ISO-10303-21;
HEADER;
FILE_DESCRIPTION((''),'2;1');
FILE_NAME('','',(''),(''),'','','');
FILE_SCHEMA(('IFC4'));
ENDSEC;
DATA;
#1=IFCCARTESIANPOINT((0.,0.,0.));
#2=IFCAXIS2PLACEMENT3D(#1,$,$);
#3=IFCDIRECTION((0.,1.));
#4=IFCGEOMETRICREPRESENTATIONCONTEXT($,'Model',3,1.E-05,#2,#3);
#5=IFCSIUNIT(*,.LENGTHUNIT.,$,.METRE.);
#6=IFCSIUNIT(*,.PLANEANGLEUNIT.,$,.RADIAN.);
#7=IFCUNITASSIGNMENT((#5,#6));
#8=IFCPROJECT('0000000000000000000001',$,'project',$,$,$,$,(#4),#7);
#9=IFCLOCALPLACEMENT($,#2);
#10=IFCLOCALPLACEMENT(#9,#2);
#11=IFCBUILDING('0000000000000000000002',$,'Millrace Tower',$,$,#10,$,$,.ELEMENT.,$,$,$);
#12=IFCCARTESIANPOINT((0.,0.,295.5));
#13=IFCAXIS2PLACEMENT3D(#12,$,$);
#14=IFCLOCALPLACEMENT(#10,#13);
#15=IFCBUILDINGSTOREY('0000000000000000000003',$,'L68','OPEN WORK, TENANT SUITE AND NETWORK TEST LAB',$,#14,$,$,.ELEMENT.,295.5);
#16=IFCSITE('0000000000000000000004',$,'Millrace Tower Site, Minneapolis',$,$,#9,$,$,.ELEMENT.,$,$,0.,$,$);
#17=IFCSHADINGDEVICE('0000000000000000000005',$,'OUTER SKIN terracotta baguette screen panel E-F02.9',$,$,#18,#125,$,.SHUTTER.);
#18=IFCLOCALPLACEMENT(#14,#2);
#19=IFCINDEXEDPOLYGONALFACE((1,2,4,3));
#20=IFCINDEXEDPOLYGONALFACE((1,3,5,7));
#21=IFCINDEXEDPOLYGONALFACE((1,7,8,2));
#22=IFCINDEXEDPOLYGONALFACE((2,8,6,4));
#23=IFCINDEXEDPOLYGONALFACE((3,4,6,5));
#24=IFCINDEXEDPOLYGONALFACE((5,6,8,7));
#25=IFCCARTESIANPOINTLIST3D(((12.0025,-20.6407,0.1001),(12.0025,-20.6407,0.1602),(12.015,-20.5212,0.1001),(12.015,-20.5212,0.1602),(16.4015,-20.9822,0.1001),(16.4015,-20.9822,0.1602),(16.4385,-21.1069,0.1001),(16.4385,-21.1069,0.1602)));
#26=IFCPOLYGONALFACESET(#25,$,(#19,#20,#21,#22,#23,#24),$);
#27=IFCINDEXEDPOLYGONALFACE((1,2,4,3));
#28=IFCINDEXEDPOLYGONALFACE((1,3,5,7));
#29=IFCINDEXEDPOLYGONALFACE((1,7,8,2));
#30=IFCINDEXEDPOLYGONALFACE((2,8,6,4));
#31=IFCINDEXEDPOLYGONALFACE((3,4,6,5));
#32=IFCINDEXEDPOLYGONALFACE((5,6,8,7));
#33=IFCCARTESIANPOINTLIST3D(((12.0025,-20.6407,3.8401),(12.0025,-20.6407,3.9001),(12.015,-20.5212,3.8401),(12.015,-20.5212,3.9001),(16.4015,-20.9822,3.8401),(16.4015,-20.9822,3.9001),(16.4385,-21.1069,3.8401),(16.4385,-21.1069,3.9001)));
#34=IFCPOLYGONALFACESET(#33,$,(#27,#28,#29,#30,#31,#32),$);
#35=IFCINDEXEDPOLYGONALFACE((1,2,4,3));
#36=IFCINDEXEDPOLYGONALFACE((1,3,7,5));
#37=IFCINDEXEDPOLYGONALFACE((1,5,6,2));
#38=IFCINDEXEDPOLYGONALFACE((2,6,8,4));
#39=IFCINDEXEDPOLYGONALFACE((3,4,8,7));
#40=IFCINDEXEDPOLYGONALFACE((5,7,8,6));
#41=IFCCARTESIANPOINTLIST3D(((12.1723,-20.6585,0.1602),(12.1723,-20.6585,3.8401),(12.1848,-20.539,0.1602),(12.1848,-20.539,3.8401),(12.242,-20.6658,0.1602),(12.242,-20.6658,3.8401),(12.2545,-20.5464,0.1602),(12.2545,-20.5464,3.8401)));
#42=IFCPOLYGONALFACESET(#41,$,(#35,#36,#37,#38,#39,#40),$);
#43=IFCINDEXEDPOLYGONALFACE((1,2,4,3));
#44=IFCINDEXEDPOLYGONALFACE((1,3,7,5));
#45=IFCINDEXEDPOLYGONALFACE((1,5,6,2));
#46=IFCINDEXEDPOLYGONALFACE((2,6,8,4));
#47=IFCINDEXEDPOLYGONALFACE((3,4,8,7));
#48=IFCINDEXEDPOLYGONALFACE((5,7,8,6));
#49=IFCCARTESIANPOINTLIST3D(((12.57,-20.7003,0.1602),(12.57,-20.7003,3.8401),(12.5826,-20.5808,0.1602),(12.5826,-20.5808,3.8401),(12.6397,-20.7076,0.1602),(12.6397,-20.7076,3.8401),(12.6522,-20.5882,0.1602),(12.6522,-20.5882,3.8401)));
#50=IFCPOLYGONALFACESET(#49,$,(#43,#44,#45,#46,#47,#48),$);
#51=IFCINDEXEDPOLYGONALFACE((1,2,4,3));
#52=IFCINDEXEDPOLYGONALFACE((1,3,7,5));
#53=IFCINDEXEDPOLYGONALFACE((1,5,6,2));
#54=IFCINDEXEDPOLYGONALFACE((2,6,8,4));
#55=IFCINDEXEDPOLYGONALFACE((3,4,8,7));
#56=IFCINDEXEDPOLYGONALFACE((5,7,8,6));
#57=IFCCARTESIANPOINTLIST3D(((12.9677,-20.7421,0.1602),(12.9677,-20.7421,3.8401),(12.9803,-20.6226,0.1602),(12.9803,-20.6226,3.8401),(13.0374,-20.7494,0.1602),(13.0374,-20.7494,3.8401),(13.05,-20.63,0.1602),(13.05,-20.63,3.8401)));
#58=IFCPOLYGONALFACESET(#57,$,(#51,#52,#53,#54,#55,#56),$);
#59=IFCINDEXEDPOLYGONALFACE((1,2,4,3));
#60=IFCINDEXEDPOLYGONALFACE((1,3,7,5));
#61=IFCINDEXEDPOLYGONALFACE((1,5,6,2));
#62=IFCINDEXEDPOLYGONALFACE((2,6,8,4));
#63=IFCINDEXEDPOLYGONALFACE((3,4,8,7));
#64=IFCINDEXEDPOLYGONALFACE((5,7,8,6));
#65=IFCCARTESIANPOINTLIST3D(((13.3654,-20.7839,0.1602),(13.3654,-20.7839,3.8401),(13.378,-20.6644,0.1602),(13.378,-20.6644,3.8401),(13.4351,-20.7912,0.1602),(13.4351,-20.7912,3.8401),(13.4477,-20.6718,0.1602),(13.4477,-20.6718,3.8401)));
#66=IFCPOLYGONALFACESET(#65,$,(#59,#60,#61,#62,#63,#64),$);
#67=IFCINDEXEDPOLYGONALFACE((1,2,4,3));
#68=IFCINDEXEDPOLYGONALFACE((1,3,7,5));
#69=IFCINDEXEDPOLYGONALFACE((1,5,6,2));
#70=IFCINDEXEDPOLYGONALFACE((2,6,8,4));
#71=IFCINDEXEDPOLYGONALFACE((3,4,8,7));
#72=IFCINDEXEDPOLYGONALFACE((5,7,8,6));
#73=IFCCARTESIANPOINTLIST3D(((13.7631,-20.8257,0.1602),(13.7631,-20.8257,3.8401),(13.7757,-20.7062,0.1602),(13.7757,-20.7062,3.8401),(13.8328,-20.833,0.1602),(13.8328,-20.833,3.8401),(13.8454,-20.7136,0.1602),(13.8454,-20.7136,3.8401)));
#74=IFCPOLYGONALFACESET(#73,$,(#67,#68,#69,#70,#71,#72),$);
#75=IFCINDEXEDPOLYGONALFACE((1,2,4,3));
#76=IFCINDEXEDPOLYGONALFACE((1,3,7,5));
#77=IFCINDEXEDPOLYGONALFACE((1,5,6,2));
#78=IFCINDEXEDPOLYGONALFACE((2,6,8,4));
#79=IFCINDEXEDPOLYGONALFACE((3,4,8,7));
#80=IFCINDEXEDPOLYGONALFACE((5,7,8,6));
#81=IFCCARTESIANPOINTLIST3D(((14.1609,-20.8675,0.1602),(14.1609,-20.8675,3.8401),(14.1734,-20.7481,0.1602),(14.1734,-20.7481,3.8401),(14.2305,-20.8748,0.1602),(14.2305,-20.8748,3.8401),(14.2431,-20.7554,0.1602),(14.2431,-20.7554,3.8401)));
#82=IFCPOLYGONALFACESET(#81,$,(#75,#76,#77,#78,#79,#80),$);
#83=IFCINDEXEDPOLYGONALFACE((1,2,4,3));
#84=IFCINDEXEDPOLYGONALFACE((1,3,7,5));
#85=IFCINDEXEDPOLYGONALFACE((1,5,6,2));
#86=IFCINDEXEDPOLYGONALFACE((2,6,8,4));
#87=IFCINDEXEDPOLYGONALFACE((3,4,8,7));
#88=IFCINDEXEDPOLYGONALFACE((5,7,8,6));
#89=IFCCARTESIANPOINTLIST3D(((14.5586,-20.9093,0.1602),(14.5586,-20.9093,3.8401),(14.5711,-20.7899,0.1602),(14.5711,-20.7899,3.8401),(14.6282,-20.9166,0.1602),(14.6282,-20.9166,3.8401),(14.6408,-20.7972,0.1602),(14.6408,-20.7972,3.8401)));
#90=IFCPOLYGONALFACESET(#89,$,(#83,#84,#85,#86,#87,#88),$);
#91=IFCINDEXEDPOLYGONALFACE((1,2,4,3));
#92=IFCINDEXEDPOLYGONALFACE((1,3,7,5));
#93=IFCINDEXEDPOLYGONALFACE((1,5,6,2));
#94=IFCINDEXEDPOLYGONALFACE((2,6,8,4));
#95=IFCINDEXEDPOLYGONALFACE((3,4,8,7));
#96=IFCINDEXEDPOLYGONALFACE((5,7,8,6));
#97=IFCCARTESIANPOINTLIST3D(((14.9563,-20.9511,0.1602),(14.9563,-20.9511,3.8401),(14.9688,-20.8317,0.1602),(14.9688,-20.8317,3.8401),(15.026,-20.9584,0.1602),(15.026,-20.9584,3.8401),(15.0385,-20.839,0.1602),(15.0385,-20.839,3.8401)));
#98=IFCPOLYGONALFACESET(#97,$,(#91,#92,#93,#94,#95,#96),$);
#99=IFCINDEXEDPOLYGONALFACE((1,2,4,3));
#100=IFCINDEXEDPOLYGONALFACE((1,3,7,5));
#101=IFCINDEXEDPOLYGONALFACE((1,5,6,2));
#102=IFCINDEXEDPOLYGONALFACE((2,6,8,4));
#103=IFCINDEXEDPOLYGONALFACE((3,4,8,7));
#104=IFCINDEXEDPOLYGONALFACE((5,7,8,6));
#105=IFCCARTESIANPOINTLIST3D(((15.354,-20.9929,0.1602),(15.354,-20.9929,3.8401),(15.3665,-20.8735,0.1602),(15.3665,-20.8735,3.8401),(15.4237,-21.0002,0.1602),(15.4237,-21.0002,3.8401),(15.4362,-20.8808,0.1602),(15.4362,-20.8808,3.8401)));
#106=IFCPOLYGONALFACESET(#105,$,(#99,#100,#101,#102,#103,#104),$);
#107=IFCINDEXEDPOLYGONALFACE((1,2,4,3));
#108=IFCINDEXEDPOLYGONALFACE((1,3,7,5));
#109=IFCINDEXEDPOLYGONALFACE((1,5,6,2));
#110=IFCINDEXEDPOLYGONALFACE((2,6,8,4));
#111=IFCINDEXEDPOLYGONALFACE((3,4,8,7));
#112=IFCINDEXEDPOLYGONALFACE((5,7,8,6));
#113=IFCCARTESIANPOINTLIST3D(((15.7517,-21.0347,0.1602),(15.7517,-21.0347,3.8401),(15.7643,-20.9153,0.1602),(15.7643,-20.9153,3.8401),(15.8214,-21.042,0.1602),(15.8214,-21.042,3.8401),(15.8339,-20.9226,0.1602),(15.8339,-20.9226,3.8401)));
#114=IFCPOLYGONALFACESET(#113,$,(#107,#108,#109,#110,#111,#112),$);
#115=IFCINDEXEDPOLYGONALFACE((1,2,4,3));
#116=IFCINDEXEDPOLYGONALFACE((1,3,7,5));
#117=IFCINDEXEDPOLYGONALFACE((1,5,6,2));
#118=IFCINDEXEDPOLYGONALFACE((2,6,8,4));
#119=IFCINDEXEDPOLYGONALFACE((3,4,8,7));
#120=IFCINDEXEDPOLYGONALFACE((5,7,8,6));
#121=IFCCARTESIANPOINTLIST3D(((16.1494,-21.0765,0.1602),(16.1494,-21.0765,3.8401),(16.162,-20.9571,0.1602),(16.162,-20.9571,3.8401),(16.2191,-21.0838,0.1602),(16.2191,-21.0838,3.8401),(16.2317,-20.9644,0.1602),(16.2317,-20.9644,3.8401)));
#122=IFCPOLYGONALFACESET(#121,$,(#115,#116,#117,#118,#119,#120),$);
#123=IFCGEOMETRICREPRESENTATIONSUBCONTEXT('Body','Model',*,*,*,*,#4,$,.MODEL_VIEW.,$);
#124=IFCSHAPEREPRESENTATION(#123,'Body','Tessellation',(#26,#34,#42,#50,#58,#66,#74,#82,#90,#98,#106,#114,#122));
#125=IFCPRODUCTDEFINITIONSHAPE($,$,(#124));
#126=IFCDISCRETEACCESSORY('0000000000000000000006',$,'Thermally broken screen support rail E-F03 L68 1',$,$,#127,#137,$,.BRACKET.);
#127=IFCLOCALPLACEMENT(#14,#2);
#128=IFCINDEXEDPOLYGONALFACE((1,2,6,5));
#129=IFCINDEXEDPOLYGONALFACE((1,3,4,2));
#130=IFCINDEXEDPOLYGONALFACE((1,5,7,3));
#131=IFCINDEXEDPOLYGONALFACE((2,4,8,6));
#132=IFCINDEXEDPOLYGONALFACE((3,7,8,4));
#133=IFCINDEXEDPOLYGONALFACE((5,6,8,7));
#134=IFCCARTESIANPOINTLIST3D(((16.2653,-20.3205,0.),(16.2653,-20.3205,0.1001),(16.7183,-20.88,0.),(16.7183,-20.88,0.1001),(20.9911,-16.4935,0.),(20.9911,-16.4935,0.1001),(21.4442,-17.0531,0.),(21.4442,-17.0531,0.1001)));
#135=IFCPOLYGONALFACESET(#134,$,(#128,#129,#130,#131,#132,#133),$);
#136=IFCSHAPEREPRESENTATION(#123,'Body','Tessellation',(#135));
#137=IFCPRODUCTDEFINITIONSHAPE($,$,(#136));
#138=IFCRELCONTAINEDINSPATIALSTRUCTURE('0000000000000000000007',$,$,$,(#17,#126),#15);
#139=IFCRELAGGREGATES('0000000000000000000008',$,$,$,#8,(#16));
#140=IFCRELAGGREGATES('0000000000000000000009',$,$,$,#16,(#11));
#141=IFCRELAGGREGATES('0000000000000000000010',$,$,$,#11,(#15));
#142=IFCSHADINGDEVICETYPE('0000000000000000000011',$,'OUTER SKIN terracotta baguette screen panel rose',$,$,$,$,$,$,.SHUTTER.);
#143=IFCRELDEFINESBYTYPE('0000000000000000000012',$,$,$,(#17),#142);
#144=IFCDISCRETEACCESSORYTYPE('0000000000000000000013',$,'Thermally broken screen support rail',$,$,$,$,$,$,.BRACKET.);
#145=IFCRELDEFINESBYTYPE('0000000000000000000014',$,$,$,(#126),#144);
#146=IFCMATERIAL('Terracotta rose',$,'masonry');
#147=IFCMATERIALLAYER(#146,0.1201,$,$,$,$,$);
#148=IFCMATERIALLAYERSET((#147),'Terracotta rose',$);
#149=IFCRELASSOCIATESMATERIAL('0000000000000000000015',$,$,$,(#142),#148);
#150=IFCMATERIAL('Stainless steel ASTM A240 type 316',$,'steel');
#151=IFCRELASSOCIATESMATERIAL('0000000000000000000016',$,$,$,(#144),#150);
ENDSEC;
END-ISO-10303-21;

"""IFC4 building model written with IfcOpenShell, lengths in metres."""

from ifc_helpers import new_model, entity, si_unit, direction, frame, frame_2d, origin, origin_2d, place, context, subcontext, project, spatial, rectangle, extrude, source, transform, mapped, material, layer, layer_set, type_object, element, save


model = new_model("IFC4")

# Units and contexts
model_context = context("Model", 3, precision=1e-05, world=origin(), true_north=direction((0.0, 1.0)))
body_context = subcontext(model_context, "Body", "Model", "MODEL_VIEW")
ifc_project = project(units=[si_unit("LENGTHUNIT", "METRE"), si_unit("PLANEANGLEUNIT", "RADIAN")], contexts=[model_context])

# Site, building, storey
site_placement = place(None, origin())
site = spatial("IfcSite", under=ifc_project, at=site_placement, Name="Millrace Tower Site, Minneapolis", CompositionType="ELEMENT", RefElevation=0.0)
building_placement = place(site_placement, origin())
building = spatial("IfcBuilding", under=site, at=building_placement, Name="Millrace Tower", CompositionType="ELEMENT")
storey_placement = place(building_placement, frame((0.0, 0.0, 295.5)))
storey = spatial("IfcBuildingStorey", under=building, at=storey_placement, Name="L68", Description="OPEN WORK, TENANT SUITE AND NETWORK TEST LAB", CompositionType="ELEMENT", Elevation=295.5)

# Shading device
ifc_material_1 = material(Name="Terracotta rose", Category="masonry")
ifc_layer_1 = layer(ifc_material_1, 0.1201)
ifc_layer_set_1 = layer_set([ifc_layer_1], Name="Terracotta rose")
shading_device_type = type_object("IfcShadingDeviceType", Name="OUTER SKIN terracotta baguette screen panel rose", PredefinedType="SHUTTER", material=ifc_layer_set_1)
cartesian_point_1 = entity("IfcCartesianPoint", [-2.2178, 0.0601])
shared_polyline_1 = entity("IfcPolyline", [cartesian_point_1, entity("IfcCartesianPoint", [2.1929, 0.0601]), entity("IfcCartesianPoint", [2.2427, -0.0601]), entity("IfcCartesianPoint", [-2.2178, -0.0601]), cartesian_point_1])
shared_shape_1 = source(origin(), body_context, "Body", "SweptSolid", [
    entity("IfcExtrudedAreaSolid", entity("IfcArbitraryClosedProfileDef", "AREA", None, shared_polyline_1), entity("IfcAxis2Placement3D", entity("IfcCartesianPoint", [0.0, 0.0, 0.0])), entity("IfcDirection", [0.0, 0.0, 1.0]), 0.0601),
    entity("IfcExtrudedAreaSolid", entity("IfcArbitraryClosedProfileDef", "AREA", None, shared_polyline_1), entity("IfcAxis2Placement3D", entity("IfcCartesianPoint", [0.0, 0.0, 3.74])), entity("IfcDirection", [0.0, 0.0, 1.0]), 0.0601),
    extrude(rectangle(XDim=0.0701, YDim=0.1201, at=frame_2d((-2.012, 0.0))), frame((0.0, 0.0, 0.0601)), (0.0, 0.0, 1.0), 3.6799),
    extrude(rectangle(XDim=0.0701, YDim=0.1201, at=frame_2d((-1.6121, 0.0))), frame((0.0, 0.0, 0.0601)), (0.0, 0.0, 1.0), 3.6799),
    extrude(rectangle(XDim=0.0701, YDim=0.1201, at=frame_2d((-1.2122, 0.0))), frame((0.0, 0.0, 0.0601)), (0.0, 0.0, 1.0), 3.6799),
    extrude(rectangle(XDim=0.0701, YDim=0.1201, at=frame_2d((-0.8123, 0.0))), frame((0.0, 0.0, 0.0601)), (0.0, 0.0, 1.0), 3.6799),
    extrude(rectangle(XDim=0.0701, YDim=0.1201, at=frame_2d((-0.4124, 0.0))), frame((0.0, 0.0, 0.0601)), (0.0, 0.0, 1.0), 3.6799),
    extrude(rectangle(XDim=0.0701, YDim=0.1201, at=frame_2d((-0.0125, 0.0))), frame((0.0, 0.0, 0.0601)), (0.0, 0.0, 1.0), 3.6799),
    extrude(rectangle(XDim=0.0701, YDim=0.1201, at=frame_2d((0.3875, 0.0))), frame((0.0, 0.0, 0.0601)), (0.0, 0.0, 1.0), 3.6799),
    extrude(rectangle(XDim=0.0701, YDim=0.1201, at=frame_2d((0.7874, 0.0))), frame((0.0, 0.0, 0.0601)), (0.0, 0.0, 1.0), 3.6799),
    extrude(rectangle(XDim=0.0701, YDim=0.1201, at=frame_2d((1.1873, 0.0))), frame((0.0, 0.0, 0.0601)), (0.0, 0.0, 1.0), 3.6799),
    extrude(rectangle(XDim=0.0701, YDim=0.1201, at=frame_2d((1.5872, 0.0))), frame((0.0, 0.0, 0.0601)), (0.0, 0.0, 1.0), 3.6799),
    extrude(rectangle(XDim=0.0701, YDim=0.1201, at=frame_2d((1.9871, 0.0))), frame((0.0, 0.0, 0.0601)), (0.0, 0.0, 1.0), 3.6799),
])
shading_device_1_placement = place(storey_placement, frame((14.2144, -20.8127, 0.1001), z_axis=(0.0, 0.0, 1.0), x_axis=(0.994522, -0.104528, 0.0)))
element("IfcShadingDevice", 1, at=shading_device_1_placement, inside=storey, type_object=shading_device_type, Name="OUTER SKIN terracotta baguette screen panel E-F02.9", PredefinedType="SHUTTER", context=body_context, shape_type="MappedRepresentation", body=[
    mapped(shared_shape_1, transform((0.0, 0.0, 0.0), scale=1.0)),
])

# Discrete accessory
ifc_material_2 = material(Name="Stainless steel ASTM A240 type 316", Category="steel")
discrete_accessory_type = type_object("IfcDiscreteAccessoryType", Name="Thermally broken screen support rail", PredefinedType="BRACKET", material=ifc_material_2)
discrete_accessory_placement = place(storey_placement, frame((18.8547, -18.6868, 0.0), z_axis=(0.0, 0.0, 1.0), x_axis=(0.777146, 0.62932, 0.0)))
element("IfcDiscreteAccessory", 2, at=discrete_accessory_placement, inside=storey, type_object=discrete_accessory_type, Name="Thermally broken screen support rail E-F03 L68 1", PredefinedType="BRACKET", context=body_context, shape_type="SweptSolid", body=[
    extrude(rectangle(XDim=6.0811, YDim=0.72, at=origin_2d()), origin(), (0.0, 0.0, 1.0), 0.1001),
])

save(model, "model.ifc")
